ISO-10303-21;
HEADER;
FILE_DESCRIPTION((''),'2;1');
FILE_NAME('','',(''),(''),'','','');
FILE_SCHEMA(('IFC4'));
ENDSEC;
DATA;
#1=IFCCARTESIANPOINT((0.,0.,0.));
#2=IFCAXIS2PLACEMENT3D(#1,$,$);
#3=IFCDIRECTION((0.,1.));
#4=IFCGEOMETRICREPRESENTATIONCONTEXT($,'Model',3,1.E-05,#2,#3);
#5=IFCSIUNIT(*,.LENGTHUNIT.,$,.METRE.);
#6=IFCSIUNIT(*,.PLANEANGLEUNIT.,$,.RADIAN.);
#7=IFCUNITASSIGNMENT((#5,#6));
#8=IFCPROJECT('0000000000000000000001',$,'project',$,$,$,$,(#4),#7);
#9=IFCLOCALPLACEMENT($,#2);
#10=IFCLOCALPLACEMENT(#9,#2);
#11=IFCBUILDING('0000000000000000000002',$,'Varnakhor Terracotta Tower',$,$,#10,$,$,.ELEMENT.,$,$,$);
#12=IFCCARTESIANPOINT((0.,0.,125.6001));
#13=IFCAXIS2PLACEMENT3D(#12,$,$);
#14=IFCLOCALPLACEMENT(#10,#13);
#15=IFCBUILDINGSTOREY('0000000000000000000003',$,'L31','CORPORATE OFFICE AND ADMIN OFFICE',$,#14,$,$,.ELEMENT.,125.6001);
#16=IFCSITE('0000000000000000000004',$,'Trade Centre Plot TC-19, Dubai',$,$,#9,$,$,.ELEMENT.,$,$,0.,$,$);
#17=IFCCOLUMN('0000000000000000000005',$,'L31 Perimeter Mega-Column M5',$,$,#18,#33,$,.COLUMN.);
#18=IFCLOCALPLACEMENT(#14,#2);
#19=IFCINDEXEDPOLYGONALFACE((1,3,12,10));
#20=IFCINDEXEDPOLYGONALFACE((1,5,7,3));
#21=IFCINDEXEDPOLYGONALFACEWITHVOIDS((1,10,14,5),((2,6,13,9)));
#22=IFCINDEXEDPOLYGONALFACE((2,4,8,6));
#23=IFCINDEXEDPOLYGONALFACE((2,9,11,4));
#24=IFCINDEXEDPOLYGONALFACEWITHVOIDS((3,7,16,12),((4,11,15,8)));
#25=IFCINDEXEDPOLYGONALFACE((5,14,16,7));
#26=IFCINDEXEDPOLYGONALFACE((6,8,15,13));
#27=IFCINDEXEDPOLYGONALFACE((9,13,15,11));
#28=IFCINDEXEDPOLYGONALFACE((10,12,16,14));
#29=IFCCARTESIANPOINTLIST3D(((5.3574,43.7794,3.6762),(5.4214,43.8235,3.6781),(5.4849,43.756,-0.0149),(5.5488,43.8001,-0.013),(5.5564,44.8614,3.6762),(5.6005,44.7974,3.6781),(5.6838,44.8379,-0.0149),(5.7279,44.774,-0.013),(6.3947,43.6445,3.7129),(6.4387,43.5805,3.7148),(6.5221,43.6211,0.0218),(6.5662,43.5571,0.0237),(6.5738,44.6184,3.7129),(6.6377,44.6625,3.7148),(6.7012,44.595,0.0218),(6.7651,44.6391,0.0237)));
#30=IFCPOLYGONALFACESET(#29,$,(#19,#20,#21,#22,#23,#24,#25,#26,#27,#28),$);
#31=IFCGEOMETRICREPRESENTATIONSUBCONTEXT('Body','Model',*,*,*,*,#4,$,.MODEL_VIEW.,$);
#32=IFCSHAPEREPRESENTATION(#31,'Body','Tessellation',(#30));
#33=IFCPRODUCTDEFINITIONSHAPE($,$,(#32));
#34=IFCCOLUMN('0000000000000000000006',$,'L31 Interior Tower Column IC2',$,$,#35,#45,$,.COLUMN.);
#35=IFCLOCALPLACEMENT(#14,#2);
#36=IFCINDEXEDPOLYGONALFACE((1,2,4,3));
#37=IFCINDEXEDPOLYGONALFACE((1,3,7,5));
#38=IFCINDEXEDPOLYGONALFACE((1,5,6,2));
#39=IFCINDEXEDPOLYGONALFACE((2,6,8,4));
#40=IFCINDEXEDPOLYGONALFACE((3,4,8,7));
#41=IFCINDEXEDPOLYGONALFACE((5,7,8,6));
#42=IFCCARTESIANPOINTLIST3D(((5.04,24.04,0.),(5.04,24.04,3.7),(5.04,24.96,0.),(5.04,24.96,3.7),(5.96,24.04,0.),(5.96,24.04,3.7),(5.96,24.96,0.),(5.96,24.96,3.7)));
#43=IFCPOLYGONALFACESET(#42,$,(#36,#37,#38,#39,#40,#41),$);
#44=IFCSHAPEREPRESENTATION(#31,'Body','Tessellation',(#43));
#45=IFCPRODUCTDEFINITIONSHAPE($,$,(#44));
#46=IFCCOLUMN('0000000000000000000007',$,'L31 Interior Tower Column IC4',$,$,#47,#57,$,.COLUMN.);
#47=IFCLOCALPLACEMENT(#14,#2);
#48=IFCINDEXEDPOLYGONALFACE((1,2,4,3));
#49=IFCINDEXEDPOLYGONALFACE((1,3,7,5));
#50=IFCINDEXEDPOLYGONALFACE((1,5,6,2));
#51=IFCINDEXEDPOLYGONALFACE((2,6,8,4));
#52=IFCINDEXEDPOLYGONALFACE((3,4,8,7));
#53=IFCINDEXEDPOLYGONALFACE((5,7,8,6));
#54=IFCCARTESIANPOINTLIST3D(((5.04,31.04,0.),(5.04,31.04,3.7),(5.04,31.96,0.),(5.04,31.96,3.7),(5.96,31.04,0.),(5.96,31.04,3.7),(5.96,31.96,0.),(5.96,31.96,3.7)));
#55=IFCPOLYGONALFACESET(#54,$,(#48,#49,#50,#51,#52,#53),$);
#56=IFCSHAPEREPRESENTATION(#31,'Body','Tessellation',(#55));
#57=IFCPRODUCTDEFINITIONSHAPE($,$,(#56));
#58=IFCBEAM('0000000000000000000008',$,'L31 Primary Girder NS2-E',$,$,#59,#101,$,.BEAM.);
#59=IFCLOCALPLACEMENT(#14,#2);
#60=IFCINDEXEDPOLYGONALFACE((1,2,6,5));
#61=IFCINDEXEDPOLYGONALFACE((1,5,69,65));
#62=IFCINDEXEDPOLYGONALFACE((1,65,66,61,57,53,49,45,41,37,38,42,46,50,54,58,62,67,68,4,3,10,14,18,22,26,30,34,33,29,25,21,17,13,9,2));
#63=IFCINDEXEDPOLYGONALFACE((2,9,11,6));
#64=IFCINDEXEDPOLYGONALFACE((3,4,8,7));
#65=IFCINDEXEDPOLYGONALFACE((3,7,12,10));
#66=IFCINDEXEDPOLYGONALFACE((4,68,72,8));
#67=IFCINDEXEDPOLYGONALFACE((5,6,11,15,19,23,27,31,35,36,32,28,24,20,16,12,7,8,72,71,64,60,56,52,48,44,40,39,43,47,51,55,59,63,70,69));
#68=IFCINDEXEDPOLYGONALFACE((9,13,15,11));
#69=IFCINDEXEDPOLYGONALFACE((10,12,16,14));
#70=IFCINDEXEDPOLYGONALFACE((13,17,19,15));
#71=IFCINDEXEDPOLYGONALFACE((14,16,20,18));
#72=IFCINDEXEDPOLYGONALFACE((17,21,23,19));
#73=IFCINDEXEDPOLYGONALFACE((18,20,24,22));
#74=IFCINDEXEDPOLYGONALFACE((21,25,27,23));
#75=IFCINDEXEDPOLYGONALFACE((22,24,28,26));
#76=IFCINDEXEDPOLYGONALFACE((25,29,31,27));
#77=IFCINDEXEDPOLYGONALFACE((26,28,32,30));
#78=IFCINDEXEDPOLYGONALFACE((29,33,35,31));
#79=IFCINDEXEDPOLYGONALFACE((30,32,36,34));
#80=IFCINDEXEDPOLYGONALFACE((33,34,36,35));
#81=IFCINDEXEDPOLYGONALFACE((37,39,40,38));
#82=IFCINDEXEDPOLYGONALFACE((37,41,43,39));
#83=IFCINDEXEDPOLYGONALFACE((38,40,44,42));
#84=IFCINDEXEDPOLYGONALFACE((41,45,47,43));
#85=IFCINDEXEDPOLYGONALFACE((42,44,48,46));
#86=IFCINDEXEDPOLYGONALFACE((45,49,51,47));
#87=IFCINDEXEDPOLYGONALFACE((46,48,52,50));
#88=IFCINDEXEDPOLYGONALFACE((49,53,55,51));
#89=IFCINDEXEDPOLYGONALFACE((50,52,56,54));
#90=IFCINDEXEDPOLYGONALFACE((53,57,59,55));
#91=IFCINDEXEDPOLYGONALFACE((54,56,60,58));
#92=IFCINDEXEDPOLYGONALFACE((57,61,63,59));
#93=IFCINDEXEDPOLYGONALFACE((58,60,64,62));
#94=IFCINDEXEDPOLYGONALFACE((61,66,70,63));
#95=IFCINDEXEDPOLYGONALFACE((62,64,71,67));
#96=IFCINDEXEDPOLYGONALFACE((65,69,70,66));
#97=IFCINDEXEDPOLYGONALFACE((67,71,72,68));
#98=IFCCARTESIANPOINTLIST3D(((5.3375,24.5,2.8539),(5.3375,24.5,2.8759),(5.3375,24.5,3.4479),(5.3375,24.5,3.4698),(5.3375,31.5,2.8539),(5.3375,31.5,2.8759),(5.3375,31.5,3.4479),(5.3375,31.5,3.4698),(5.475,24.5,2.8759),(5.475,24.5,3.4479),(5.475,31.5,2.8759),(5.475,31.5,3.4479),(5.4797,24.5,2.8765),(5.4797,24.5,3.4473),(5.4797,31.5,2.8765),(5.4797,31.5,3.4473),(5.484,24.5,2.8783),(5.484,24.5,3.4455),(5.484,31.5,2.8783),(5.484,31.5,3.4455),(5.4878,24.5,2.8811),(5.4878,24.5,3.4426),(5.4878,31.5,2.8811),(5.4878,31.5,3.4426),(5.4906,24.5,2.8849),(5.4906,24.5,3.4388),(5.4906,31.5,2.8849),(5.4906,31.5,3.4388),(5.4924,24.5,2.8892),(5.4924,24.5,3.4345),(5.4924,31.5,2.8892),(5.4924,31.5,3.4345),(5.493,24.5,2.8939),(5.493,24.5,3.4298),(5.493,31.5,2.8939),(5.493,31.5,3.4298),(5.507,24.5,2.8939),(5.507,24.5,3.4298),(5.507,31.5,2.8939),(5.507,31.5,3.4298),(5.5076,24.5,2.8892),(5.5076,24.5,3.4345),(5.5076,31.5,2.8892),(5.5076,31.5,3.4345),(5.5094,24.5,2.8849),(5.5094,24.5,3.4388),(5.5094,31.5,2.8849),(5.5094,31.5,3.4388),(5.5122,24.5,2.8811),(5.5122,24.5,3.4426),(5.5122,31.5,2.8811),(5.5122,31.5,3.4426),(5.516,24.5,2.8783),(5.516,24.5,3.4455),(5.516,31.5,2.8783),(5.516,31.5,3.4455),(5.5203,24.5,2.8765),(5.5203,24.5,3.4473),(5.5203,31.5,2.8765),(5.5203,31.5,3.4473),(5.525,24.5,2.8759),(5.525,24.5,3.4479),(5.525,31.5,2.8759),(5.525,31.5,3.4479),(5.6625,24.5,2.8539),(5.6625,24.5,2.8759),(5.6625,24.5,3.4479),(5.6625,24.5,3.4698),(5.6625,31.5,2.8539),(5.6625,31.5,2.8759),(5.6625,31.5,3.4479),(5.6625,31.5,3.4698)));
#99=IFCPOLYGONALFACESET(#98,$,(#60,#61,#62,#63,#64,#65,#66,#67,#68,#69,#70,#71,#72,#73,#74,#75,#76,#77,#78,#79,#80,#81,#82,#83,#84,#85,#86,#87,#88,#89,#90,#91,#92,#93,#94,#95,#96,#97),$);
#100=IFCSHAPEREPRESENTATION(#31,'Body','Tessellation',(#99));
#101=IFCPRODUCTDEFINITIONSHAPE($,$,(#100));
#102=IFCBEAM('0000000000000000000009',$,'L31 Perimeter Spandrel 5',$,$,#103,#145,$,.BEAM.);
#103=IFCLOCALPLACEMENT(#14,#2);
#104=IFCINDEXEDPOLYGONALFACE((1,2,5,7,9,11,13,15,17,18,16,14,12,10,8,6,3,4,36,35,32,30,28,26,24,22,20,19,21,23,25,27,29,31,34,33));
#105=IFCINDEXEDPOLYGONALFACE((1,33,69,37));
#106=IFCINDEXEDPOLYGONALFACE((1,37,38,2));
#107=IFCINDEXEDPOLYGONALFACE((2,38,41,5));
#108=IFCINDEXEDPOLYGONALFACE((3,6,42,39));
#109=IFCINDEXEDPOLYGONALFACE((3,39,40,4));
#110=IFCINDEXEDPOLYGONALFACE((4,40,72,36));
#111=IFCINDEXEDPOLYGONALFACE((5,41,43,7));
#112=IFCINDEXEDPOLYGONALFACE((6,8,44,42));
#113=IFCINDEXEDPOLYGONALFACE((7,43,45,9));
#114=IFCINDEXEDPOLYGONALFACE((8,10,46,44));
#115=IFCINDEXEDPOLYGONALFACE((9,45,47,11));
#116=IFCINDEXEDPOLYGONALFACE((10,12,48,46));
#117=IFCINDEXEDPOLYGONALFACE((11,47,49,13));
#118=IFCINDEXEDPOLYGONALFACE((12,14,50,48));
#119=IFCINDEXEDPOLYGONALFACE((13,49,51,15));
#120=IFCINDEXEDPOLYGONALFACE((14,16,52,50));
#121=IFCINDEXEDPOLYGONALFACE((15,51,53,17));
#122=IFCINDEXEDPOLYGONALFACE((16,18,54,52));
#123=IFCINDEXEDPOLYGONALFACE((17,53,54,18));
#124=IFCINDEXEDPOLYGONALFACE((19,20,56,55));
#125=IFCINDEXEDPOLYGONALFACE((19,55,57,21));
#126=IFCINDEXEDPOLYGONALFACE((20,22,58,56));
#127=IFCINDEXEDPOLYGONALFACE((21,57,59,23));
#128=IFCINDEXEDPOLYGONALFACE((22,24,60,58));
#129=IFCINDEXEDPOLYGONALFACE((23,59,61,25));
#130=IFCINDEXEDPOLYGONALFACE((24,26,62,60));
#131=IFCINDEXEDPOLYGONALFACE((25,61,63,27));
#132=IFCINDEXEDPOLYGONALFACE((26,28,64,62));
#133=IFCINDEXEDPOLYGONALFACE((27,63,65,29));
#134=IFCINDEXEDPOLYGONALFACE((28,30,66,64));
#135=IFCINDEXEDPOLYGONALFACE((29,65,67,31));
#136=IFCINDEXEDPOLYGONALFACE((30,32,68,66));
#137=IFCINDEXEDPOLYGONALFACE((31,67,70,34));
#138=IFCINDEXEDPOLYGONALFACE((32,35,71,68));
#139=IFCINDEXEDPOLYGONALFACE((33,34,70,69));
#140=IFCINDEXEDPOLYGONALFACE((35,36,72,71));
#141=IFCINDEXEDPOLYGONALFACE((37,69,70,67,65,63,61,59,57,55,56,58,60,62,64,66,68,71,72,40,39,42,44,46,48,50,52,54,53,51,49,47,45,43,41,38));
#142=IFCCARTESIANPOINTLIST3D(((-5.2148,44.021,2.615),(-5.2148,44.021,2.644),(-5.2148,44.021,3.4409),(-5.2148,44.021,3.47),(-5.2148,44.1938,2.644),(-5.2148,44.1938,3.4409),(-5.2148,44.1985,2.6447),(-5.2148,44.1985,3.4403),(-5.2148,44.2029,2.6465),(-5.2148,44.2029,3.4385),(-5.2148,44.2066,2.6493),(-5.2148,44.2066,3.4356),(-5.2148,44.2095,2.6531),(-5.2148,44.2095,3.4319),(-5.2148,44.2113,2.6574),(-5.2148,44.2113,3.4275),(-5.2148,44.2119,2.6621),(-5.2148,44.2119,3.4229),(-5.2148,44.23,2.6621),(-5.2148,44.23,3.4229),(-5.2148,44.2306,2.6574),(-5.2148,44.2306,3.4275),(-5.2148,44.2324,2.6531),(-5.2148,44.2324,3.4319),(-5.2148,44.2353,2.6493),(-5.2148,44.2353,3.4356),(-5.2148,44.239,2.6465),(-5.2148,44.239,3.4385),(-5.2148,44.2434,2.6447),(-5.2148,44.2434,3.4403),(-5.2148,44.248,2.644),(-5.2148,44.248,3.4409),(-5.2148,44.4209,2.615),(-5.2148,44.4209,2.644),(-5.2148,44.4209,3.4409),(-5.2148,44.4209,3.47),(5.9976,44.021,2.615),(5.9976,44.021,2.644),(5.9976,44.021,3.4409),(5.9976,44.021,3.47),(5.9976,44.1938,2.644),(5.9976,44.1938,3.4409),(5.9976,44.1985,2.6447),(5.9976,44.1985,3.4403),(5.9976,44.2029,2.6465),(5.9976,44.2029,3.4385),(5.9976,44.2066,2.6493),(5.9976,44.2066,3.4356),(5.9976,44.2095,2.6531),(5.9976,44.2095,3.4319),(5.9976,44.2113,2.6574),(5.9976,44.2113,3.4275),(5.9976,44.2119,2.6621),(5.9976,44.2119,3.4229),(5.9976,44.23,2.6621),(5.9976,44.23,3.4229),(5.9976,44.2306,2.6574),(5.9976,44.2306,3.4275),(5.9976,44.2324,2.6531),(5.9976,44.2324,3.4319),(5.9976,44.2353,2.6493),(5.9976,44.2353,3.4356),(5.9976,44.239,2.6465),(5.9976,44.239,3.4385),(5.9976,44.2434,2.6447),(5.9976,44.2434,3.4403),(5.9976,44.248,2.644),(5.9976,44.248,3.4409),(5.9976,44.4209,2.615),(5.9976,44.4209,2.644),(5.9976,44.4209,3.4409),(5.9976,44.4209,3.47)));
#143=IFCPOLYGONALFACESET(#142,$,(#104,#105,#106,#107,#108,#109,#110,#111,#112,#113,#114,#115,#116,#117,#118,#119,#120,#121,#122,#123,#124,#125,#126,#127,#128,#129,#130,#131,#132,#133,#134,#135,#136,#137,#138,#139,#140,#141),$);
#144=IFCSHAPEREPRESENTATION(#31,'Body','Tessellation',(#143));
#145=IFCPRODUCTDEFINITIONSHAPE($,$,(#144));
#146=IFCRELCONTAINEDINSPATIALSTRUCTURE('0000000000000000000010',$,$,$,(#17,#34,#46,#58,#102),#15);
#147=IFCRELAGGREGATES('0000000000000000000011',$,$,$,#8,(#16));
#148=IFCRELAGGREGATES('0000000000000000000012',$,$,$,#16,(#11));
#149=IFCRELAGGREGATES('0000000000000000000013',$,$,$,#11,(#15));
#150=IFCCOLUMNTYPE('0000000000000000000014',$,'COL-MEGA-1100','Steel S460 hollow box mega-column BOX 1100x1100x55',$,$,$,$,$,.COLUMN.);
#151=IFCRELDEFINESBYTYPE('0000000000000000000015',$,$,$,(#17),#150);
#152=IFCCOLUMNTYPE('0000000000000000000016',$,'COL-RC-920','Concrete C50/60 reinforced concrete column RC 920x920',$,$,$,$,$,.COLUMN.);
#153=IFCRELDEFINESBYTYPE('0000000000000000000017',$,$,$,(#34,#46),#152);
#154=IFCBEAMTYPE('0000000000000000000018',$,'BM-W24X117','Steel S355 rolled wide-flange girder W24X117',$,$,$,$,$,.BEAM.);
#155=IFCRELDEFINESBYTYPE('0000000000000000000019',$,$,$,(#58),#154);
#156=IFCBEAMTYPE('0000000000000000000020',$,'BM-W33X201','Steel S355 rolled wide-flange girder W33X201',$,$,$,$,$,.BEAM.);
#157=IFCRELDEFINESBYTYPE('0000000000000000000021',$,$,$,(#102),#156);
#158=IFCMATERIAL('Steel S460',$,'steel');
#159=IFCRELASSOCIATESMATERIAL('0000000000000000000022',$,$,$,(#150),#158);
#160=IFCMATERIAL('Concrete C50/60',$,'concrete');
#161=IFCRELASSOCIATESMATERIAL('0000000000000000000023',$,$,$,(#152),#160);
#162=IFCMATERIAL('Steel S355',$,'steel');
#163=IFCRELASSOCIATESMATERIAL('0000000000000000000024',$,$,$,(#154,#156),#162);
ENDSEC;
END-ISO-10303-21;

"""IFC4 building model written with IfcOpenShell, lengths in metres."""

from ifc_helpers import new_model, si_unit, direction, frame, origin, origin_2d, place, context, subcontext, project, spatial, rectangle, hollow_rectangle, i_section, extrude, source, transform, mapped, material, material_profile, profile_set, type_object, element, save


model = new_model("IFC4")

# Units and contexts
model_context = context("Model", 3, precision=1e-05, world=origin(), true_north=direction((0.0, 1.0)))
body_context = subcontext(model_context, "Body", "Model", "MODEL_VIEW")
ifc_project = project(units=[si_unit("LENGTHUNIT", "METRE"), si_unit("PLANEANGLEUNIT", "RADIAN")], contexts=[model_context])

# Site, building, storey
site_placement = place(None, origin())
site = spatial("IfcSite", under=ifc_project, at=site_placement, Name="Trade Centre Plot TC-19, Dubai", CompositionType="ELEMENT", RefElevation=0.0)
building_placement = place(site_placement, origin())
building = spatial("IfcBuilding", under=site, at=building_placement, Name="Varnakhor Terracotta Tower", CompositionType="ELEMENT")
storey_placement = place(building_placement, frame((0.0, 0.0, 125.6001)))
storey = spatial("IfcBuildingStorey", under=building, at=storey_placement, Name="L31", Description="CORPORATE OFFICE AND ADMIN OFFICE", CompositionType="ELEMENT", Elevation=125.6001)

# Columns
ifc_material_1 = material(Name="Steel S460", Category="steel")
ifc_material_profile_1 = material_profile(ifc_material_1, hollow_rectangle(XDim=1.1001, YDim=1.1001, WallThickness=0.0549, at=origin_2d()), Name="BOX 1100x1100x55")
ifc_profile_set_1 = profile_set([ifc_material_profile_1], Name="Steel S460")
column_type_1 = type_object("IfcColumnType", Name="COL-MEGA-1100", Description="Steel S460 hollow box mega-column BOX 1100x1100x55", PredefinedType="COLUMN", material=ifc_profile_set_1)
shared_shape_1 = source(origin(), body_context, "Body", "SweptSolid", [
    extrude(hollow_rectangle(XDim=1.1001, YDim=1.1001, WallThickness=0.0549, at=origin_2d()), origin(), (0.0, 0.0, 1.0), 3.6934),
])
column_placement = place(storey_placement, frame((6.125, 44.1975, 0.0044), z_axis=(-0.034505, 0.006346, 0.999384), x_axis=(-0.180875, -0.983506, 0.0)))
element("IfcColumn", 1, at=column_placement, inside=storey, type_object=column_type_1, Name="L31 Perimeter Mega-Column M5", PredefinedType="COLUMN", context=body_context, shape_type="MappedRepresentation", body=[
    mapped(shared_shape_1, transform((0.0, 0.0, 0.0), scale=1.0)),
])
ifc_material_2 = material(Name="Concrete C50/60", Category="concrete")
ifc_material_profile_2 = material_profile(ifc_material_2, rectangle(XDim=0.9199, YDim=0.9199, at=origin_2d()), Name="RC 920x920")
ifc_profile_set_2 = profile_set([ifc_material_profile_2], Name="Concrete C50/60")
column_type_2 = type_object("IfcColumnType", Name="COL-RC-920", Description="Concrete C50/60 reinforced concrete column RC 920x920", PredefinedType="COLUMN", material=ifc_profile_set_2)
shared_shape_2 = source(origin(), body_context, "Body", "SweptSolid", [
    extrude(rectangle(XDim=0.9199, YDim=0.9199, at=origin_2d()), origin(), (0.0, 0.0, 1.0), 3.7),
])
for number, where, z_axis, x_axis, name in (
    (2, (5.5, 24.5, 0.0), (0.0, 0.0, 1.0), (1.0, 0.0, 0.0), "L31 Interior Tower Column IC2"),
    (3, (5.5, 31.5, 0.0), (0.0, 0.0, 1.0), (1.0, 0.0, 0.0), "L31 Interior Tower Column IC4"),
):
    element("IfcColumn", number, at=place(storey_placement, frame(where, z_axis=z_axis, x_axis=x_axis)), inside=storey, type_object=column_type_2, Name=name, PredefinedType="COLUMN", context=body_context, shape_type="MappedRepresentation", body=[
        mapped(shared_shape_2, transform((0.0, 0.0, 0.0), scale=1.0)),
    ])

# Beams
ifc_material_3 = material(Name="Steel S355", Category="steel")
ifc_material_profile_3 = material_profile(ifc_material_3, i_section(OverallWidth=0.325, OverallDepth=0.616, WebThickness=0.0139, FlangeThickness=0.022, FilletRadius=0.0181, at=origin_2d()), Name="W24X117")
ifc_profile_set_3 = profile_set([ifc_material_profile_3], Name="Steel S355")
beam_type_1 = type_object("IfcBeamType", Name="BM-W24X117", Description="Steel S355 rolled wide-flange girder W24X117", PredefinedType="BEAM", material=ifc_profile_set_3)
shared_shape_3 = source(origin(), body_context, "Body", "SweptSolid", [
    extrude(i_section(OverallWidth=0.325, OverallDepth=0.616, WebThickness=0.0139, FlangeThickness=0.022, FilletRadius=0.0181, at=origin_2d()), origin(), (0.0, 0.0, 1.0), 7.0),
])
beam_1_placement = place(storey_placement, frame((5.5, 24.5, 3.1619), z_axis=(0.0, 1.0, 0.0), x_axis=(-1.0, 0.0, 0.0)))
element("IfcBeam", 4, at=beam_1_placement, inside=storey, type_object=beam_type_1, Name="L31 Primary Girder NS2-E", PredefinedType="BEAM", context=body_context, shape_type="MappedRepresentation", body=[
    mapped(shared_shape_3, transform((0.0, 0.0, 0.0), scale=1.0)),
])
ifc_material_profile_4 = material_profile(ifc_material_3, i_section(OverallWidth=0.3999, OverallDepth=0.855, WebThickness=0.0181, FlangeThickness=0.0291, FilletRadius=0.0181, at=origin_2d()), Name="W33X201")
ifc_profile_set_4 = profile_set([ifc_material_profile_4], Name="Steel S355")
beam_type_2 = type_object("IfcBeamType", Name="BM-W33X201", Description="Steel S355 rolled wide-flange girder W33X201", PredefinedType="BEAM", material=ifc_profile_set_4)
shared_shape_4 = source(origin(), body_context, "Body", "SweptSolid", [
    extrude(i_section(OverallWidth=0.3999, OverallDepth=0.855, WebThickness=0.0181, FlangeThickness=0.0291, FilletRadius=0.0181, at=origin_2d()), origin(), (0.0, 0.0, 1.0), 11.2124),
])
beam_2_placement = place(storey_placement, frame((5.9976, 44.2209, 3.0425), z_axis=(-1.0, 0.0, 0.0), x_axis=(0.0, -1.0, 0.0)))
element("IfcBeam", 5, at=beam_2_placement, inside=storey, type_object=beam_type_2, Name="L31 Perimeter Spandrel 5", PredefinedType="BEAM", context=body_context, shape_type="MappedRepresentation", body=[
    mapped(shared_shape_4, transform((0.0, 0.0, 0.0), scale=1.0)),
])

save(model, "model.ifc")
